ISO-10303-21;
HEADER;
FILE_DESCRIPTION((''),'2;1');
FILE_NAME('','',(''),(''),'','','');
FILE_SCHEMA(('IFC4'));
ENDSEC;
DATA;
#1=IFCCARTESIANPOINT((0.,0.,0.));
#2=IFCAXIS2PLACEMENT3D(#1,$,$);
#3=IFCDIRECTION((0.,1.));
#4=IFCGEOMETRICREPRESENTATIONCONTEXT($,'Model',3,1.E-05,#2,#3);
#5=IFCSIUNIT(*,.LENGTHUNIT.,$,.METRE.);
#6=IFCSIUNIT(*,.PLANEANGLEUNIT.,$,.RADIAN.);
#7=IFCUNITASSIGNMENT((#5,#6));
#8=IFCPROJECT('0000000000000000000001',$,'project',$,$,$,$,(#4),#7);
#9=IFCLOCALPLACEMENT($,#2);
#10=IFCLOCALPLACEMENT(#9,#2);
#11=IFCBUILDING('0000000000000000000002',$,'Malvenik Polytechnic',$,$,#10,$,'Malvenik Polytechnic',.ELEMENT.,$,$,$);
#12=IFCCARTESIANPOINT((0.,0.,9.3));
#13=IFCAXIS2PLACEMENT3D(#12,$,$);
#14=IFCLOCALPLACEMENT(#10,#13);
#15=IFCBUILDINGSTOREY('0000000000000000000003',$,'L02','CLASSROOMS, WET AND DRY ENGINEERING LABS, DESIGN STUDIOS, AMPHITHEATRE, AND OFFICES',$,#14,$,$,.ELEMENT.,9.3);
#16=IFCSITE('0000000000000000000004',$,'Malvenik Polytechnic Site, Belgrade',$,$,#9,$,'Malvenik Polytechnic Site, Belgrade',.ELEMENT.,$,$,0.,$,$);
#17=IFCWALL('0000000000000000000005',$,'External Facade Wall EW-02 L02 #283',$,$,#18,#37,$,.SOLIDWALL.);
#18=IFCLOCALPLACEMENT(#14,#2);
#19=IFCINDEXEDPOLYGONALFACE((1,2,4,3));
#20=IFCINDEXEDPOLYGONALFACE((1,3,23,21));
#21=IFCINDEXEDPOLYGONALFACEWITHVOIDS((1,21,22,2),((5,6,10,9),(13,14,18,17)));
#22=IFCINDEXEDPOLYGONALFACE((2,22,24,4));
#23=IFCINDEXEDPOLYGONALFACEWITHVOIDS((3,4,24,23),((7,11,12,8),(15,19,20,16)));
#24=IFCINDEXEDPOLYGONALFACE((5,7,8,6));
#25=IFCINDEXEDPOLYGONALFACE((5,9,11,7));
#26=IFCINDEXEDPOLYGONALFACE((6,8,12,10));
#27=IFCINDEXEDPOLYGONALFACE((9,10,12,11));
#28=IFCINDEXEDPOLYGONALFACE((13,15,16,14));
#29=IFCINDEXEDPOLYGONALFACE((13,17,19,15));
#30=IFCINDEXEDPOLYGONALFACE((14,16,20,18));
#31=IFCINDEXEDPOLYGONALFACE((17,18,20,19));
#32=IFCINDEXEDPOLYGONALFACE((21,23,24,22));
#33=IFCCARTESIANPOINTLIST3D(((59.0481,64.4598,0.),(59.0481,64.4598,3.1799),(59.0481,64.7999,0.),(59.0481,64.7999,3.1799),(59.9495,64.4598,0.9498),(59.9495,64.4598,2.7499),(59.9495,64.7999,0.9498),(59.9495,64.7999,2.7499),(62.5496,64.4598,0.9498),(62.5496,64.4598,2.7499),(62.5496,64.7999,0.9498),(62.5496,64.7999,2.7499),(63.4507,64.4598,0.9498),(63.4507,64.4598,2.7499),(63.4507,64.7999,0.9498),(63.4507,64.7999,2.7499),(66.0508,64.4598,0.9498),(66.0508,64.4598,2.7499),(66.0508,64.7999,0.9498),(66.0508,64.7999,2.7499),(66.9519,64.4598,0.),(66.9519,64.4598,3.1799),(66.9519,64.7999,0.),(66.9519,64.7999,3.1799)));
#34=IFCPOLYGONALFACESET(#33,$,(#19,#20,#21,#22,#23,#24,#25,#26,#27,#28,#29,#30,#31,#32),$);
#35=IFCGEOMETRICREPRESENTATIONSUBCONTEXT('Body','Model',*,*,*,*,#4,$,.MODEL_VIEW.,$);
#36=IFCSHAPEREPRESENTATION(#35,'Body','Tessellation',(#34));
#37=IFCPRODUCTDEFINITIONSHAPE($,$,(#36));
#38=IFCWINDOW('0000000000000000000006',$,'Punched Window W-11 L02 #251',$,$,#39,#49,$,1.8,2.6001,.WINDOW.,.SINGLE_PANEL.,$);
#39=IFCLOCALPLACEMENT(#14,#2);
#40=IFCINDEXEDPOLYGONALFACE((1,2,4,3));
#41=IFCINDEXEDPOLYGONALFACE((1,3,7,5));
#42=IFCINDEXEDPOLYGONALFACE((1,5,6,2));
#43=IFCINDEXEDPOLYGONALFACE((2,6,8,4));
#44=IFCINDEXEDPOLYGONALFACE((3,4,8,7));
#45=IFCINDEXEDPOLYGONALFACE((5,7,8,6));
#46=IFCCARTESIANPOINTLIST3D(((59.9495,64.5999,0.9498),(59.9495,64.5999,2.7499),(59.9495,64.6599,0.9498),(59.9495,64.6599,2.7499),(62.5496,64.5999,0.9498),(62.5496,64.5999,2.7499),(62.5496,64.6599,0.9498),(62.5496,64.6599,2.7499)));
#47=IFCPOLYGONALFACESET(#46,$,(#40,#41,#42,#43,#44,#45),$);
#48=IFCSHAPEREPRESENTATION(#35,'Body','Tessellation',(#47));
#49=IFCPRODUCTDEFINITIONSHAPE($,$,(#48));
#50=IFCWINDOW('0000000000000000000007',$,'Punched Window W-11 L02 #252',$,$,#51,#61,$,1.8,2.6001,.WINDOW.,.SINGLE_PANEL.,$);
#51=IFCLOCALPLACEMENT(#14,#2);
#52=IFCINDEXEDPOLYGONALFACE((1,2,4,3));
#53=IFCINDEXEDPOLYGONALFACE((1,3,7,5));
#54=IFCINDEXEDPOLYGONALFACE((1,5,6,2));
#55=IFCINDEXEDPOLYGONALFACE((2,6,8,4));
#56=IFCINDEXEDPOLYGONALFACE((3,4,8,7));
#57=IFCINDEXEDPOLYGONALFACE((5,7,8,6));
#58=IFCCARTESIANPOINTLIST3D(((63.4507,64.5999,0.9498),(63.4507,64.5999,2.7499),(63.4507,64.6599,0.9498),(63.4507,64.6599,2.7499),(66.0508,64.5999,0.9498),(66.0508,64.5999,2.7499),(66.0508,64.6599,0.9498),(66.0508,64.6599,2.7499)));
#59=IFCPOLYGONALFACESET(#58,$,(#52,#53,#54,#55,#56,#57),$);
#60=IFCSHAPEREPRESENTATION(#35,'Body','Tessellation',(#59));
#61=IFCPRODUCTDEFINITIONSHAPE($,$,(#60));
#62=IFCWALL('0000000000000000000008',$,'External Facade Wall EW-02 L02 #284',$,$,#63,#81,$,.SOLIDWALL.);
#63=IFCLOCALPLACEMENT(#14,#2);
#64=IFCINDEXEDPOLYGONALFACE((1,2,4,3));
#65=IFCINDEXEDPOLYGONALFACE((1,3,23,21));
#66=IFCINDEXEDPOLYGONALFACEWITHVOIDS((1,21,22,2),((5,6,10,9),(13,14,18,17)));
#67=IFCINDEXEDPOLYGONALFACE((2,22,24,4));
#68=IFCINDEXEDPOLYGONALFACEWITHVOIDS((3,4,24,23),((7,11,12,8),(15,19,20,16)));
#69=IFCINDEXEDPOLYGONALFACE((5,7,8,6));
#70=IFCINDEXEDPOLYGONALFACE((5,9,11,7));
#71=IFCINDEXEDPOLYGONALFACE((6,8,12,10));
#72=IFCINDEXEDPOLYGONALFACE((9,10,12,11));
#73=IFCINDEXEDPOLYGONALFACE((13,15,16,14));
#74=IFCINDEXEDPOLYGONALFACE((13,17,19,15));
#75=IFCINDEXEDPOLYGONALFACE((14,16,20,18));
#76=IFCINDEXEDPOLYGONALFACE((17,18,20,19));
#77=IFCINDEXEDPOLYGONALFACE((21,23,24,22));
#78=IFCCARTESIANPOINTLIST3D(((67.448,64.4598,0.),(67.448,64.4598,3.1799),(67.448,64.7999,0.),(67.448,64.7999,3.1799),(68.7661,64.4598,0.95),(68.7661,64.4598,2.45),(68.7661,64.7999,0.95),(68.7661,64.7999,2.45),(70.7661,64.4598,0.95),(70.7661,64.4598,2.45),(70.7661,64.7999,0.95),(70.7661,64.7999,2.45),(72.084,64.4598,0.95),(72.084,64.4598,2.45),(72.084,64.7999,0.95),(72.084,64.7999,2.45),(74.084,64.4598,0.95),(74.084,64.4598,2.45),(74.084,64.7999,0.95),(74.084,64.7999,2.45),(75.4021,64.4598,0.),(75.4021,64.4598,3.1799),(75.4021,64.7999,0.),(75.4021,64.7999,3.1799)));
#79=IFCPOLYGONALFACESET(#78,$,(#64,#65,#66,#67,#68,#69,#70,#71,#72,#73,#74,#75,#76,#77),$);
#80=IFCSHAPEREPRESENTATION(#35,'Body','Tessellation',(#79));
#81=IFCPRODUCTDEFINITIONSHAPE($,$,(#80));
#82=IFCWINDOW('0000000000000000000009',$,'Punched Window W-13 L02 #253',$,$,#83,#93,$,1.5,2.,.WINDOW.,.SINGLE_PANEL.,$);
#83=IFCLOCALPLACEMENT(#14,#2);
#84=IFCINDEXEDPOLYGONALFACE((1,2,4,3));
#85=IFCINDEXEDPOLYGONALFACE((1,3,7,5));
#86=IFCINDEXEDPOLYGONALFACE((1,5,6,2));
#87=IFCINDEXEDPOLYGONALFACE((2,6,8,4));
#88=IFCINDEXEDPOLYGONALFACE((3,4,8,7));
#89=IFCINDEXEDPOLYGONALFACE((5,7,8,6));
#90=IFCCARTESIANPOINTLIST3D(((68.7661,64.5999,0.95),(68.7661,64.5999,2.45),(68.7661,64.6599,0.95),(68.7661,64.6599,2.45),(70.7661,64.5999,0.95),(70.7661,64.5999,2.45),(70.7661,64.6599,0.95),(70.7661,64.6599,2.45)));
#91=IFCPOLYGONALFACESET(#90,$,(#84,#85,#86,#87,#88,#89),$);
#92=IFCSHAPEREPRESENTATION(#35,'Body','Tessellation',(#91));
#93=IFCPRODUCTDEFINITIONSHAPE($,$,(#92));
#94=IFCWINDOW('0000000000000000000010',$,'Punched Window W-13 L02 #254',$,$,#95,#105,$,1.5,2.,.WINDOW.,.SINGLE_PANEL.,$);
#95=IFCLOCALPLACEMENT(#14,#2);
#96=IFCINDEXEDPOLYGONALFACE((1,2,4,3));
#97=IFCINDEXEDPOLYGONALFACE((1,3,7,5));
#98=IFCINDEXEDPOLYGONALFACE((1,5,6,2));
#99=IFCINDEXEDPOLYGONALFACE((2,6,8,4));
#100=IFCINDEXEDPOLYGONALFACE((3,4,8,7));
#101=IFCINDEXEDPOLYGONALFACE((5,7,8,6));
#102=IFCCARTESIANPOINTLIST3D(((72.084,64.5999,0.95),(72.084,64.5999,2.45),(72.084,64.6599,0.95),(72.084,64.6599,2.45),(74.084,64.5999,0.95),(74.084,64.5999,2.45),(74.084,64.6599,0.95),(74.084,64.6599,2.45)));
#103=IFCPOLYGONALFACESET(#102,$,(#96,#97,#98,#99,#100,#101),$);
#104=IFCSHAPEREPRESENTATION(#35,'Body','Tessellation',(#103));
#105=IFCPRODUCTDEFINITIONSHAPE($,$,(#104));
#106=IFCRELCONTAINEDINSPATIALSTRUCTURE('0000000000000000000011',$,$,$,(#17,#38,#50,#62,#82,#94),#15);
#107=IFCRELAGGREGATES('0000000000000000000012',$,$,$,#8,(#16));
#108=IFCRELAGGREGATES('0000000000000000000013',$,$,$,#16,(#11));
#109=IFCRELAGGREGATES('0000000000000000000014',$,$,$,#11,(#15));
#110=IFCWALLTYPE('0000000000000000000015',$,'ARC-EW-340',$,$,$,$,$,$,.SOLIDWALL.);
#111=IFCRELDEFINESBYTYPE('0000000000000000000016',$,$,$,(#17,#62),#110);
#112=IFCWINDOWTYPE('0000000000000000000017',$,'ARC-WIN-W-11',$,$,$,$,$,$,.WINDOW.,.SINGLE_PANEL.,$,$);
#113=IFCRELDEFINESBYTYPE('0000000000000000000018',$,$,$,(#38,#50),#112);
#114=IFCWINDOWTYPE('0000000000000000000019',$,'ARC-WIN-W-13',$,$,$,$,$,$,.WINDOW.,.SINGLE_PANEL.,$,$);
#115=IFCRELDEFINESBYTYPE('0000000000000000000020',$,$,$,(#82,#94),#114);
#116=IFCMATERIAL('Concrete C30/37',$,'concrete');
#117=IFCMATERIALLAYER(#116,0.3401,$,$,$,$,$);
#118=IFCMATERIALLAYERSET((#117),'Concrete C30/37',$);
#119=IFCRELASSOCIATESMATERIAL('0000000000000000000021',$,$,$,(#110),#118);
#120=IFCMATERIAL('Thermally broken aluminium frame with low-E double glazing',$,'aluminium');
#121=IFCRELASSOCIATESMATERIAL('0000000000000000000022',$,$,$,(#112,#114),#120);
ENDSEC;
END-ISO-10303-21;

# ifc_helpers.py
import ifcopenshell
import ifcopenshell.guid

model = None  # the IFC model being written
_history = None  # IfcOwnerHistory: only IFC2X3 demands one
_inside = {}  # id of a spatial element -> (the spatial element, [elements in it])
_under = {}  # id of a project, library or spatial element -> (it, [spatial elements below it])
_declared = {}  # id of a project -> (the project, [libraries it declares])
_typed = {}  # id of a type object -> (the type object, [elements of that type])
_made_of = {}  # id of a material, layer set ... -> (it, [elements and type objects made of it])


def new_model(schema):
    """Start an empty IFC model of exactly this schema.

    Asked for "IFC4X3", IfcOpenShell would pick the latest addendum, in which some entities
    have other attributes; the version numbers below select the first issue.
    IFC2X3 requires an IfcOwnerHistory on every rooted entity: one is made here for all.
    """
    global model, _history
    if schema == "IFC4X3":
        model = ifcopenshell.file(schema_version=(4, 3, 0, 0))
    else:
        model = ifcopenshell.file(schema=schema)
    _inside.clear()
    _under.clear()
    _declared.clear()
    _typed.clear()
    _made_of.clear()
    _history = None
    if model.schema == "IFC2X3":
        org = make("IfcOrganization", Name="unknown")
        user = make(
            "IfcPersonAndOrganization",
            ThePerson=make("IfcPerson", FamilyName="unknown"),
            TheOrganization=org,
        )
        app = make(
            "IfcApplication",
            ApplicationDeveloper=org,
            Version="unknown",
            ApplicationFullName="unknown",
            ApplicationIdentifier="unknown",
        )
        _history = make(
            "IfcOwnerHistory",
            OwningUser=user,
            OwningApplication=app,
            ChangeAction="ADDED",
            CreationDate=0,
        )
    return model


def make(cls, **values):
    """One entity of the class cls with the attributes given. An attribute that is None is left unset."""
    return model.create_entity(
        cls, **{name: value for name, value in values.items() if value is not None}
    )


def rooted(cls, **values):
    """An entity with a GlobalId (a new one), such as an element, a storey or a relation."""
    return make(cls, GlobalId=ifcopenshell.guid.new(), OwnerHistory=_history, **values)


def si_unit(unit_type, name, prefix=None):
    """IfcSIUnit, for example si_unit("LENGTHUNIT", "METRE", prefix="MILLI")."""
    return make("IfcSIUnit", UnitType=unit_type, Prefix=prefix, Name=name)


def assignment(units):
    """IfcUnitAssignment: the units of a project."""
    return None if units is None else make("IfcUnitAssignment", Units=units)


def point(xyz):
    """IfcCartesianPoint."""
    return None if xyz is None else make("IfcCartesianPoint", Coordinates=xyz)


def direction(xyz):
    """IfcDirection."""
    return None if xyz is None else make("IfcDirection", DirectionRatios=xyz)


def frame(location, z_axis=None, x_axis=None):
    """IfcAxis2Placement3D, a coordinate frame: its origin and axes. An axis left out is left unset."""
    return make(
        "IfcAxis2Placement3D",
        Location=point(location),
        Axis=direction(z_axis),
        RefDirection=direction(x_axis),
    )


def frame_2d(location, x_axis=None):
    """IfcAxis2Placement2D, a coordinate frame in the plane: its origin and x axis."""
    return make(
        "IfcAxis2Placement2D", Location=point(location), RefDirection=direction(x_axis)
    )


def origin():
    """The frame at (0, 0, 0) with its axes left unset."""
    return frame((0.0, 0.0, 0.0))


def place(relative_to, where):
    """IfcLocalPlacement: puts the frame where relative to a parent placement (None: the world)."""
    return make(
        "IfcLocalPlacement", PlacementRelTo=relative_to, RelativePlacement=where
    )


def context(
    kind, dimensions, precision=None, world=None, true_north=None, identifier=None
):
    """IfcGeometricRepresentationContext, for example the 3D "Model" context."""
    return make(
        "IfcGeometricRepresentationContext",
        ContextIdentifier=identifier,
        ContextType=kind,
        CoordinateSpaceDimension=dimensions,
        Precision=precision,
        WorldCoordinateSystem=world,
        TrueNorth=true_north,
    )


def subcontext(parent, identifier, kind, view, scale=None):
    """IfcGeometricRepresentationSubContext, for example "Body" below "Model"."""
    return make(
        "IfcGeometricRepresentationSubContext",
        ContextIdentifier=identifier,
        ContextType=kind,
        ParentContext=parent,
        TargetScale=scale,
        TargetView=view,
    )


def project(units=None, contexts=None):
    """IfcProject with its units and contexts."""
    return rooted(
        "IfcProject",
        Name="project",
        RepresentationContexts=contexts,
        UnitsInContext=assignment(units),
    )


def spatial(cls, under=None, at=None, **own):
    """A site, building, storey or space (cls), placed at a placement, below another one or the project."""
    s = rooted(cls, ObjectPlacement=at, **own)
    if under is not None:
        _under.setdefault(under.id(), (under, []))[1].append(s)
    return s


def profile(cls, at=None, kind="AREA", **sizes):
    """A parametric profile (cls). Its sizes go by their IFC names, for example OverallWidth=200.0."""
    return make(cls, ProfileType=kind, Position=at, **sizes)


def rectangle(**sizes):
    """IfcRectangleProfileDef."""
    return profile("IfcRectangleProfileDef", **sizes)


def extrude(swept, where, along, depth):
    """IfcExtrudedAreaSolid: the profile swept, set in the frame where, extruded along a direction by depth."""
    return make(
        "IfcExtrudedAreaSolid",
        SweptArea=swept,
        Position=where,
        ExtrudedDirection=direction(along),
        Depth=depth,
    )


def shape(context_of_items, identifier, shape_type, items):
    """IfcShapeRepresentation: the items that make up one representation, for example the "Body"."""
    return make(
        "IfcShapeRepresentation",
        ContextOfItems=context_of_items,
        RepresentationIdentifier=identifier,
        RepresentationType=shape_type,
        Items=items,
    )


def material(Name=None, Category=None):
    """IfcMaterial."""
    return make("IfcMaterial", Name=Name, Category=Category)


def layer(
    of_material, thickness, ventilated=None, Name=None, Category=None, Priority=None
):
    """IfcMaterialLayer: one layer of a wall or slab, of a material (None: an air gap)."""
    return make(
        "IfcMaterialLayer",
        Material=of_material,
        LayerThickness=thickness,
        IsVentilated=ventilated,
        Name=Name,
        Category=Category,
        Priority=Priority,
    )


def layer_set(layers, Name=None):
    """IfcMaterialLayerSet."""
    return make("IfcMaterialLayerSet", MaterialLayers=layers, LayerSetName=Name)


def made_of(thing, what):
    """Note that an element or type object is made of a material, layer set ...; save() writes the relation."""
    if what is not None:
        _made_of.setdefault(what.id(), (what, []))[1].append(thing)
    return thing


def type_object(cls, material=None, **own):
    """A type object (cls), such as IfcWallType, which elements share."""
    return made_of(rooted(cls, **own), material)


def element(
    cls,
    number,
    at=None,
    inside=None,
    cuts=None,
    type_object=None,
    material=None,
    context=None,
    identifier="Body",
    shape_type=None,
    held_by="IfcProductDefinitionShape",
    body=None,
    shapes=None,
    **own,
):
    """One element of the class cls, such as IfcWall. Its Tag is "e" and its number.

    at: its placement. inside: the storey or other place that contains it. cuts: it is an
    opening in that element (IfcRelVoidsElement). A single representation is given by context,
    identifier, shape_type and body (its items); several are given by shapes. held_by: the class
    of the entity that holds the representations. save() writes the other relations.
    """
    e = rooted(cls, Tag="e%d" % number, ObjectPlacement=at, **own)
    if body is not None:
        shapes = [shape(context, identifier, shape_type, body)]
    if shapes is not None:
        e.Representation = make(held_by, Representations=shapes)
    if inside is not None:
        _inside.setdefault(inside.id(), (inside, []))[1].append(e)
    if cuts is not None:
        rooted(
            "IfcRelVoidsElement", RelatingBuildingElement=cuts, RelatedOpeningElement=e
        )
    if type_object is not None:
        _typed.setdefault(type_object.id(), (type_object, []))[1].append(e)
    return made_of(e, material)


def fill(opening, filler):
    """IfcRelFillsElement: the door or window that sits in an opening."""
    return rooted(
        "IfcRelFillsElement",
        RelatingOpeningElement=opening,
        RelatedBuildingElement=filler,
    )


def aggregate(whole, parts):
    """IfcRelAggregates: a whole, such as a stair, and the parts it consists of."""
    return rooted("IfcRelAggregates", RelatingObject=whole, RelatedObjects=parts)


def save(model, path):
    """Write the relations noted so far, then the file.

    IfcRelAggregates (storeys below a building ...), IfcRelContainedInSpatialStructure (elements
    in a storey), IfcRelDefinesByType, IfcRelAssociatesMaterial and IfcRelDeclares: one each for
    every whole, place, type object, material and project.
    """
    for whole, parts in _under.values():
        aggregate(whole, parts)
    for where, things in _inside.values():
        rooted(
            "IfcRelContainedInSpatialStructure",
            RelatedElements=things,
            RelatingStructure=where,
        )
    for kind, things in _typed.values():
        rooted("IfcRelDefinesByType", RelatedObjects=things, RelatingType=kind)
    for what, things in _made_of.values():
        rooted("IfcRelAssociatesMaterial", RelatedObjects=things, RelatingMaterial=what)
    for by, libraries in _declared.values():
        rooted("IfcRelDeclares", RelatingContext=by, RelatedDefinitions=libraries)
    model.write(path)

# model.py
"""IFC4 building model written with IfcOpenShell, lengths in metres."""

from ifc_helpers import new_model, si_unit, direction, frame, frame_2d, origin, place, context, subcontext, project, spatial, rectangle, extrude, material, layer, layer_set, type_object, element, fill, save


model = new_model("IFC4")

# Units and contexts
model_context = context("Model", 3, precision=1e-05, world=origin(), true_north=direction((0.0, 1.0)))
body_context = subcontext(model_context, "Body", "Model", "MODEL_VIEW")
ifc_project = project(units=[si_unit("LENGTHUNIT", "METRE"), si_unit("PLANEANGLEUNIT", "RADIAN")], contexts=[model_context])

# Site, building, storey
site_placement = place(None, origin())
site = spatial("IfcSite", under=ifc_project, at=site_placement, Name="Malvenik Polytechnic Site, Belgrade", LongName="Malvenik Polytechnic Site, Belgrade", CompositionType="ELEMENT", RefElevation=0.0)
building_placement = place(site_placement, origin())
building = spatial("IfcBuilding", under=site, at=building_placement, Name="Malvenik Polytechnic", LongName="Malvenik Polytechnic", CompositionType="ELEMENT")
storey_placement = place(building_placement, frame((0.0, 0.0, 9.3)))
storey = spatial("IfcBuildingStorey", under=building, at=storey_placement, Name="L02", Description="CLASSROOMS, WET AND DRY ENGINEERING LABS, DESIGN STUDIOS, AMPHITHEATRE, AND OFFICES", CompositionType="ELEMENT", Elevation=9.3)

# Walls, openings, windows
ifc_material_1 = material(Name="Concrete C30/37", Category="concrete")
ifc_layer_1 = layer(ifc_material_1, 0.3401)
ifc_layer_set_1 = layer_set([ifc_layer_1], Name="Concrete C30/37")
wall_type = type_object("IfcWallType", Name="ARC-EW-340", PredefinedType="SOLIDWALL", material=ifc_layer_set_1)
wall_1_placement = place(storey_placement, frame((59.0481, 64.6299, 0.0), z_axis=(0.0, 0.0, 1.0), x_axis=(1.0, 0.0, 0.0)))
wall_1 = element("IfcWall", 1, at=wall_1_placement, inside=storey, type_object=wall_type, Name="External Facade Wall EW-02 L02 #283", PredefinedType="SOLIDWALL", context=body_context, shape_type="SweptSolid", body=[
    extrude(rectangle(XDim=7.9038, YDim=0.3401, at=frame_2d((3.9519, 0.0))), origin(), (0.0, 0.0, 1.0), 3.1799),
])
opening_1_placement = place(wall_1_placement, frame((0.9014, 0.0, 0.95)))
opening_1 = element("IfcOpeningElement", 2, at=opening_1_placement, cuts=wall_1, PredefinedType="OPENING", context=body_context, shape_type="SweptSolid", body=[
    extrude(rectangle(XDim=2.6001, YDim=1.8, at=frame_2d((1.3, 0.8999))), frame((0.0, 0.1802, 0.0), z_axis=(0.0, -1.0, 0.0), x_axis=(1.0, 0.0, 0.0)), (0.0, 0.0, 1.0), 0.3601),
])
opening_2_placement = place(wall_1_placement, frame((4.4026, 0.0, 0.95)))
opening_2 = element("IfcOpeningElement", 3, at=opening_2_placement, cuts=wall_1, PredefinedType="OPENING", context=body_context, shape_type="SweptSolid", body=[
    extrude(rectangle(XDim=2.6001, YDim=1.8, at=frame_2d((1.3, 0.8999))), frame((0.0, 0.1802, 0.0), z_axis=(0.0, -1.0, 0.0), x_axis=(1.0, 0.0, 0.0)), (0.0, 0.0, 1.0), 0.3601),
])
ifc_material_2 = material(Name="Thermally broken aluminium frame with low-E double glazing", Category="aluminium")
window_type_1 = type_object("IfcWindowType", Name="ARC-WIN-W-11", PartitioningType="SINGLE_PANEL", PredefinedType="WINDOW", material=ifc_material_2)
window_1_placement = place(opening_1_placement, origin())
window_1 = element("IfcWindow", 4, at=window_1_placement, inside=storey, type_object=window_type_1, Name="Punched Window W-11 L02 #251", OverallHeight=1.8, OverallWidth=2.6001, PartitioningType="SINGLE_PANEL", PredefinedType="WINDOW", context=body_context, shape_type="SweptSolid", body=[
    extrude(rectangle(XDim=2.6001, YDim=1.8, at=frame_2d((1.3, 0.8999))), frame((0.0, 0.03, 0.0), z_axis=(0.0, -1.0, 0.0), x_axis=(1.0, 0.0, 0.0)), (0.0, 0.0, 1.0), 0.0601),
])
fill(opening_1, window_1)
window_2_placement = place(opening_2_placement, origin())
window_2 = element("IfcWindow", 5, at=window_2_placement, inside=storey, type_object=window_type_1, Name="Punched Window W-11 L02 #252", OverallHeight=1.8, OverallWidth=2.6001, PartitioningType="SINGLE_PANEL", PredefinedType="WINDOW", context=body_context, shape_type="SweptSolid", body=[
    extrude(rectangle(XDim=2.6001, YDim=1.8, at=frame_2d((1.3, 0.8999))), frame((0.0, 0.03, 0.0), z_axis=(0.0, -1.0, 0.0), x_axis=(1.0, 0.0, 0.0)), (0.0, 0.0, 1.0), 0.0601),
])
fill(opening_2, window_2)
wall_2_placement = place(storey_placement, frame((67.448, 64.6299, 0.0), z_axis=(0.0, 0.0, 1.0), x_axis=(1.0, 0.0, 0.0)))
wall_2 = element("IfcWall", 6, at=wall_2_placement, inside=storey, type_object=wall_type, Name="External Facade Wall EW-02 L02 #284", PredefinedType="SOLIDWALL", context=body_context, shape_type="SweptSolid", body=[
    extrude(rectangle(XDim=7.9541, YDim=0.3401, at=frame_2d((3.9771, 0.0))), origin(), (0.0, 0.0, 1.0), 3.1799),
])
opening_3_placement = place(wall_2_placement, frame((1.3181, 0.0, 0.95)))
opening_3 = element("IfcOpeningElement", 7, at=opening_3_placement, cuts=wall_2, PredefinedType="OPENING", context=body_context, shape_type="SweptSolid", body=[
    extrude(rectangle(XDim=2.0, YDim=1.5, at=frame_2d((1.0, 0.75))), frame((0.0, 0.1802, 0.0), z_axis=(0.0, -1.0, 0.0), x_axis=(1.0, 0.0, 0.0)), (0.0, 0.0, 1.0), 0.3601),
])
opening_4_placement = place(wall_2_placement, frame((4.636, 0.0, 0.95)))
opening_4 = element("IfcOpeningElement", 8, at=opening_4_placement, cuts=wall_2, PredefinedType="OPENING", context=body_context, shape_type="SweptSolid", body=[
    extrude(rectangle(XDim=2.0, YDim=1.5, at=frame_2d((1.0, 0.75))), frame((0.0, 0.1802, 0.0), z_axis=(0.0, -1.0, 0.0), x_axis=(1.0, 0.0, 0.0)), (0.0, 0.0, 1.0), 0.3601),
])
window_type_2 = type_object("IfcWindowType", Name="ARC-WIN-W-13", PartitioningType="SINGLE_PANEL", PredefinedType="WINDOW", material=ifc_material_2)
window_3_placement = place(opening_3_placement, origin())
window_3 = element("IfcWindow", 9, at=window_3_placement, inside=storey, type_object=window_type_2, Name="Punched Window W-13 L02 #253", OverallHeight=1.5, OverallWidth=2.0, PartitioningType="SINGLE_PANEL", PredefinedType="WINDOW", context=body_context, shape_type="SweptSolid", body=[
    extrude(rectangle(XDim=2.0, YDim=1.5, at=frame_2d((1.0, 0.75))), frame((0.0, 0.03, 0.0), z_axis=(0.0, -1.0, 0.0), x_axis=(1.0, 0.0, 0.0)), (0.0, 0.0, 1.0), 0.0601),
])
fill(opening_3, window_3)
window_4_placement = place(opening_4_placement, origin())
window_4 = element("IfcWindow", 10, at=window_4_placement, inside=storey, type_object=window_type_2, Name="Punched Window W-13 L02 #254", OverallHeight=1.5, OverallWidth=2.0, PartitioningType="SINGLE_PANEL", PredefinedType="WINDOW", context=body_context, shape_type="SweptSolid", body=[
    extrude(rectangle(XDim=2.0, YDim=1.5, at=frame_2d((1.0, 0.75))), frame((0.0, 0.03, 0.0), z_axis=(0.0, -1.0, 0.0), x_axis=(1.0, 0.0, 0.0)), (0.0, 0.0, 1.0), 0.0601),
])
fill(opening_4, window_4)

save(model, "model.ifc")
